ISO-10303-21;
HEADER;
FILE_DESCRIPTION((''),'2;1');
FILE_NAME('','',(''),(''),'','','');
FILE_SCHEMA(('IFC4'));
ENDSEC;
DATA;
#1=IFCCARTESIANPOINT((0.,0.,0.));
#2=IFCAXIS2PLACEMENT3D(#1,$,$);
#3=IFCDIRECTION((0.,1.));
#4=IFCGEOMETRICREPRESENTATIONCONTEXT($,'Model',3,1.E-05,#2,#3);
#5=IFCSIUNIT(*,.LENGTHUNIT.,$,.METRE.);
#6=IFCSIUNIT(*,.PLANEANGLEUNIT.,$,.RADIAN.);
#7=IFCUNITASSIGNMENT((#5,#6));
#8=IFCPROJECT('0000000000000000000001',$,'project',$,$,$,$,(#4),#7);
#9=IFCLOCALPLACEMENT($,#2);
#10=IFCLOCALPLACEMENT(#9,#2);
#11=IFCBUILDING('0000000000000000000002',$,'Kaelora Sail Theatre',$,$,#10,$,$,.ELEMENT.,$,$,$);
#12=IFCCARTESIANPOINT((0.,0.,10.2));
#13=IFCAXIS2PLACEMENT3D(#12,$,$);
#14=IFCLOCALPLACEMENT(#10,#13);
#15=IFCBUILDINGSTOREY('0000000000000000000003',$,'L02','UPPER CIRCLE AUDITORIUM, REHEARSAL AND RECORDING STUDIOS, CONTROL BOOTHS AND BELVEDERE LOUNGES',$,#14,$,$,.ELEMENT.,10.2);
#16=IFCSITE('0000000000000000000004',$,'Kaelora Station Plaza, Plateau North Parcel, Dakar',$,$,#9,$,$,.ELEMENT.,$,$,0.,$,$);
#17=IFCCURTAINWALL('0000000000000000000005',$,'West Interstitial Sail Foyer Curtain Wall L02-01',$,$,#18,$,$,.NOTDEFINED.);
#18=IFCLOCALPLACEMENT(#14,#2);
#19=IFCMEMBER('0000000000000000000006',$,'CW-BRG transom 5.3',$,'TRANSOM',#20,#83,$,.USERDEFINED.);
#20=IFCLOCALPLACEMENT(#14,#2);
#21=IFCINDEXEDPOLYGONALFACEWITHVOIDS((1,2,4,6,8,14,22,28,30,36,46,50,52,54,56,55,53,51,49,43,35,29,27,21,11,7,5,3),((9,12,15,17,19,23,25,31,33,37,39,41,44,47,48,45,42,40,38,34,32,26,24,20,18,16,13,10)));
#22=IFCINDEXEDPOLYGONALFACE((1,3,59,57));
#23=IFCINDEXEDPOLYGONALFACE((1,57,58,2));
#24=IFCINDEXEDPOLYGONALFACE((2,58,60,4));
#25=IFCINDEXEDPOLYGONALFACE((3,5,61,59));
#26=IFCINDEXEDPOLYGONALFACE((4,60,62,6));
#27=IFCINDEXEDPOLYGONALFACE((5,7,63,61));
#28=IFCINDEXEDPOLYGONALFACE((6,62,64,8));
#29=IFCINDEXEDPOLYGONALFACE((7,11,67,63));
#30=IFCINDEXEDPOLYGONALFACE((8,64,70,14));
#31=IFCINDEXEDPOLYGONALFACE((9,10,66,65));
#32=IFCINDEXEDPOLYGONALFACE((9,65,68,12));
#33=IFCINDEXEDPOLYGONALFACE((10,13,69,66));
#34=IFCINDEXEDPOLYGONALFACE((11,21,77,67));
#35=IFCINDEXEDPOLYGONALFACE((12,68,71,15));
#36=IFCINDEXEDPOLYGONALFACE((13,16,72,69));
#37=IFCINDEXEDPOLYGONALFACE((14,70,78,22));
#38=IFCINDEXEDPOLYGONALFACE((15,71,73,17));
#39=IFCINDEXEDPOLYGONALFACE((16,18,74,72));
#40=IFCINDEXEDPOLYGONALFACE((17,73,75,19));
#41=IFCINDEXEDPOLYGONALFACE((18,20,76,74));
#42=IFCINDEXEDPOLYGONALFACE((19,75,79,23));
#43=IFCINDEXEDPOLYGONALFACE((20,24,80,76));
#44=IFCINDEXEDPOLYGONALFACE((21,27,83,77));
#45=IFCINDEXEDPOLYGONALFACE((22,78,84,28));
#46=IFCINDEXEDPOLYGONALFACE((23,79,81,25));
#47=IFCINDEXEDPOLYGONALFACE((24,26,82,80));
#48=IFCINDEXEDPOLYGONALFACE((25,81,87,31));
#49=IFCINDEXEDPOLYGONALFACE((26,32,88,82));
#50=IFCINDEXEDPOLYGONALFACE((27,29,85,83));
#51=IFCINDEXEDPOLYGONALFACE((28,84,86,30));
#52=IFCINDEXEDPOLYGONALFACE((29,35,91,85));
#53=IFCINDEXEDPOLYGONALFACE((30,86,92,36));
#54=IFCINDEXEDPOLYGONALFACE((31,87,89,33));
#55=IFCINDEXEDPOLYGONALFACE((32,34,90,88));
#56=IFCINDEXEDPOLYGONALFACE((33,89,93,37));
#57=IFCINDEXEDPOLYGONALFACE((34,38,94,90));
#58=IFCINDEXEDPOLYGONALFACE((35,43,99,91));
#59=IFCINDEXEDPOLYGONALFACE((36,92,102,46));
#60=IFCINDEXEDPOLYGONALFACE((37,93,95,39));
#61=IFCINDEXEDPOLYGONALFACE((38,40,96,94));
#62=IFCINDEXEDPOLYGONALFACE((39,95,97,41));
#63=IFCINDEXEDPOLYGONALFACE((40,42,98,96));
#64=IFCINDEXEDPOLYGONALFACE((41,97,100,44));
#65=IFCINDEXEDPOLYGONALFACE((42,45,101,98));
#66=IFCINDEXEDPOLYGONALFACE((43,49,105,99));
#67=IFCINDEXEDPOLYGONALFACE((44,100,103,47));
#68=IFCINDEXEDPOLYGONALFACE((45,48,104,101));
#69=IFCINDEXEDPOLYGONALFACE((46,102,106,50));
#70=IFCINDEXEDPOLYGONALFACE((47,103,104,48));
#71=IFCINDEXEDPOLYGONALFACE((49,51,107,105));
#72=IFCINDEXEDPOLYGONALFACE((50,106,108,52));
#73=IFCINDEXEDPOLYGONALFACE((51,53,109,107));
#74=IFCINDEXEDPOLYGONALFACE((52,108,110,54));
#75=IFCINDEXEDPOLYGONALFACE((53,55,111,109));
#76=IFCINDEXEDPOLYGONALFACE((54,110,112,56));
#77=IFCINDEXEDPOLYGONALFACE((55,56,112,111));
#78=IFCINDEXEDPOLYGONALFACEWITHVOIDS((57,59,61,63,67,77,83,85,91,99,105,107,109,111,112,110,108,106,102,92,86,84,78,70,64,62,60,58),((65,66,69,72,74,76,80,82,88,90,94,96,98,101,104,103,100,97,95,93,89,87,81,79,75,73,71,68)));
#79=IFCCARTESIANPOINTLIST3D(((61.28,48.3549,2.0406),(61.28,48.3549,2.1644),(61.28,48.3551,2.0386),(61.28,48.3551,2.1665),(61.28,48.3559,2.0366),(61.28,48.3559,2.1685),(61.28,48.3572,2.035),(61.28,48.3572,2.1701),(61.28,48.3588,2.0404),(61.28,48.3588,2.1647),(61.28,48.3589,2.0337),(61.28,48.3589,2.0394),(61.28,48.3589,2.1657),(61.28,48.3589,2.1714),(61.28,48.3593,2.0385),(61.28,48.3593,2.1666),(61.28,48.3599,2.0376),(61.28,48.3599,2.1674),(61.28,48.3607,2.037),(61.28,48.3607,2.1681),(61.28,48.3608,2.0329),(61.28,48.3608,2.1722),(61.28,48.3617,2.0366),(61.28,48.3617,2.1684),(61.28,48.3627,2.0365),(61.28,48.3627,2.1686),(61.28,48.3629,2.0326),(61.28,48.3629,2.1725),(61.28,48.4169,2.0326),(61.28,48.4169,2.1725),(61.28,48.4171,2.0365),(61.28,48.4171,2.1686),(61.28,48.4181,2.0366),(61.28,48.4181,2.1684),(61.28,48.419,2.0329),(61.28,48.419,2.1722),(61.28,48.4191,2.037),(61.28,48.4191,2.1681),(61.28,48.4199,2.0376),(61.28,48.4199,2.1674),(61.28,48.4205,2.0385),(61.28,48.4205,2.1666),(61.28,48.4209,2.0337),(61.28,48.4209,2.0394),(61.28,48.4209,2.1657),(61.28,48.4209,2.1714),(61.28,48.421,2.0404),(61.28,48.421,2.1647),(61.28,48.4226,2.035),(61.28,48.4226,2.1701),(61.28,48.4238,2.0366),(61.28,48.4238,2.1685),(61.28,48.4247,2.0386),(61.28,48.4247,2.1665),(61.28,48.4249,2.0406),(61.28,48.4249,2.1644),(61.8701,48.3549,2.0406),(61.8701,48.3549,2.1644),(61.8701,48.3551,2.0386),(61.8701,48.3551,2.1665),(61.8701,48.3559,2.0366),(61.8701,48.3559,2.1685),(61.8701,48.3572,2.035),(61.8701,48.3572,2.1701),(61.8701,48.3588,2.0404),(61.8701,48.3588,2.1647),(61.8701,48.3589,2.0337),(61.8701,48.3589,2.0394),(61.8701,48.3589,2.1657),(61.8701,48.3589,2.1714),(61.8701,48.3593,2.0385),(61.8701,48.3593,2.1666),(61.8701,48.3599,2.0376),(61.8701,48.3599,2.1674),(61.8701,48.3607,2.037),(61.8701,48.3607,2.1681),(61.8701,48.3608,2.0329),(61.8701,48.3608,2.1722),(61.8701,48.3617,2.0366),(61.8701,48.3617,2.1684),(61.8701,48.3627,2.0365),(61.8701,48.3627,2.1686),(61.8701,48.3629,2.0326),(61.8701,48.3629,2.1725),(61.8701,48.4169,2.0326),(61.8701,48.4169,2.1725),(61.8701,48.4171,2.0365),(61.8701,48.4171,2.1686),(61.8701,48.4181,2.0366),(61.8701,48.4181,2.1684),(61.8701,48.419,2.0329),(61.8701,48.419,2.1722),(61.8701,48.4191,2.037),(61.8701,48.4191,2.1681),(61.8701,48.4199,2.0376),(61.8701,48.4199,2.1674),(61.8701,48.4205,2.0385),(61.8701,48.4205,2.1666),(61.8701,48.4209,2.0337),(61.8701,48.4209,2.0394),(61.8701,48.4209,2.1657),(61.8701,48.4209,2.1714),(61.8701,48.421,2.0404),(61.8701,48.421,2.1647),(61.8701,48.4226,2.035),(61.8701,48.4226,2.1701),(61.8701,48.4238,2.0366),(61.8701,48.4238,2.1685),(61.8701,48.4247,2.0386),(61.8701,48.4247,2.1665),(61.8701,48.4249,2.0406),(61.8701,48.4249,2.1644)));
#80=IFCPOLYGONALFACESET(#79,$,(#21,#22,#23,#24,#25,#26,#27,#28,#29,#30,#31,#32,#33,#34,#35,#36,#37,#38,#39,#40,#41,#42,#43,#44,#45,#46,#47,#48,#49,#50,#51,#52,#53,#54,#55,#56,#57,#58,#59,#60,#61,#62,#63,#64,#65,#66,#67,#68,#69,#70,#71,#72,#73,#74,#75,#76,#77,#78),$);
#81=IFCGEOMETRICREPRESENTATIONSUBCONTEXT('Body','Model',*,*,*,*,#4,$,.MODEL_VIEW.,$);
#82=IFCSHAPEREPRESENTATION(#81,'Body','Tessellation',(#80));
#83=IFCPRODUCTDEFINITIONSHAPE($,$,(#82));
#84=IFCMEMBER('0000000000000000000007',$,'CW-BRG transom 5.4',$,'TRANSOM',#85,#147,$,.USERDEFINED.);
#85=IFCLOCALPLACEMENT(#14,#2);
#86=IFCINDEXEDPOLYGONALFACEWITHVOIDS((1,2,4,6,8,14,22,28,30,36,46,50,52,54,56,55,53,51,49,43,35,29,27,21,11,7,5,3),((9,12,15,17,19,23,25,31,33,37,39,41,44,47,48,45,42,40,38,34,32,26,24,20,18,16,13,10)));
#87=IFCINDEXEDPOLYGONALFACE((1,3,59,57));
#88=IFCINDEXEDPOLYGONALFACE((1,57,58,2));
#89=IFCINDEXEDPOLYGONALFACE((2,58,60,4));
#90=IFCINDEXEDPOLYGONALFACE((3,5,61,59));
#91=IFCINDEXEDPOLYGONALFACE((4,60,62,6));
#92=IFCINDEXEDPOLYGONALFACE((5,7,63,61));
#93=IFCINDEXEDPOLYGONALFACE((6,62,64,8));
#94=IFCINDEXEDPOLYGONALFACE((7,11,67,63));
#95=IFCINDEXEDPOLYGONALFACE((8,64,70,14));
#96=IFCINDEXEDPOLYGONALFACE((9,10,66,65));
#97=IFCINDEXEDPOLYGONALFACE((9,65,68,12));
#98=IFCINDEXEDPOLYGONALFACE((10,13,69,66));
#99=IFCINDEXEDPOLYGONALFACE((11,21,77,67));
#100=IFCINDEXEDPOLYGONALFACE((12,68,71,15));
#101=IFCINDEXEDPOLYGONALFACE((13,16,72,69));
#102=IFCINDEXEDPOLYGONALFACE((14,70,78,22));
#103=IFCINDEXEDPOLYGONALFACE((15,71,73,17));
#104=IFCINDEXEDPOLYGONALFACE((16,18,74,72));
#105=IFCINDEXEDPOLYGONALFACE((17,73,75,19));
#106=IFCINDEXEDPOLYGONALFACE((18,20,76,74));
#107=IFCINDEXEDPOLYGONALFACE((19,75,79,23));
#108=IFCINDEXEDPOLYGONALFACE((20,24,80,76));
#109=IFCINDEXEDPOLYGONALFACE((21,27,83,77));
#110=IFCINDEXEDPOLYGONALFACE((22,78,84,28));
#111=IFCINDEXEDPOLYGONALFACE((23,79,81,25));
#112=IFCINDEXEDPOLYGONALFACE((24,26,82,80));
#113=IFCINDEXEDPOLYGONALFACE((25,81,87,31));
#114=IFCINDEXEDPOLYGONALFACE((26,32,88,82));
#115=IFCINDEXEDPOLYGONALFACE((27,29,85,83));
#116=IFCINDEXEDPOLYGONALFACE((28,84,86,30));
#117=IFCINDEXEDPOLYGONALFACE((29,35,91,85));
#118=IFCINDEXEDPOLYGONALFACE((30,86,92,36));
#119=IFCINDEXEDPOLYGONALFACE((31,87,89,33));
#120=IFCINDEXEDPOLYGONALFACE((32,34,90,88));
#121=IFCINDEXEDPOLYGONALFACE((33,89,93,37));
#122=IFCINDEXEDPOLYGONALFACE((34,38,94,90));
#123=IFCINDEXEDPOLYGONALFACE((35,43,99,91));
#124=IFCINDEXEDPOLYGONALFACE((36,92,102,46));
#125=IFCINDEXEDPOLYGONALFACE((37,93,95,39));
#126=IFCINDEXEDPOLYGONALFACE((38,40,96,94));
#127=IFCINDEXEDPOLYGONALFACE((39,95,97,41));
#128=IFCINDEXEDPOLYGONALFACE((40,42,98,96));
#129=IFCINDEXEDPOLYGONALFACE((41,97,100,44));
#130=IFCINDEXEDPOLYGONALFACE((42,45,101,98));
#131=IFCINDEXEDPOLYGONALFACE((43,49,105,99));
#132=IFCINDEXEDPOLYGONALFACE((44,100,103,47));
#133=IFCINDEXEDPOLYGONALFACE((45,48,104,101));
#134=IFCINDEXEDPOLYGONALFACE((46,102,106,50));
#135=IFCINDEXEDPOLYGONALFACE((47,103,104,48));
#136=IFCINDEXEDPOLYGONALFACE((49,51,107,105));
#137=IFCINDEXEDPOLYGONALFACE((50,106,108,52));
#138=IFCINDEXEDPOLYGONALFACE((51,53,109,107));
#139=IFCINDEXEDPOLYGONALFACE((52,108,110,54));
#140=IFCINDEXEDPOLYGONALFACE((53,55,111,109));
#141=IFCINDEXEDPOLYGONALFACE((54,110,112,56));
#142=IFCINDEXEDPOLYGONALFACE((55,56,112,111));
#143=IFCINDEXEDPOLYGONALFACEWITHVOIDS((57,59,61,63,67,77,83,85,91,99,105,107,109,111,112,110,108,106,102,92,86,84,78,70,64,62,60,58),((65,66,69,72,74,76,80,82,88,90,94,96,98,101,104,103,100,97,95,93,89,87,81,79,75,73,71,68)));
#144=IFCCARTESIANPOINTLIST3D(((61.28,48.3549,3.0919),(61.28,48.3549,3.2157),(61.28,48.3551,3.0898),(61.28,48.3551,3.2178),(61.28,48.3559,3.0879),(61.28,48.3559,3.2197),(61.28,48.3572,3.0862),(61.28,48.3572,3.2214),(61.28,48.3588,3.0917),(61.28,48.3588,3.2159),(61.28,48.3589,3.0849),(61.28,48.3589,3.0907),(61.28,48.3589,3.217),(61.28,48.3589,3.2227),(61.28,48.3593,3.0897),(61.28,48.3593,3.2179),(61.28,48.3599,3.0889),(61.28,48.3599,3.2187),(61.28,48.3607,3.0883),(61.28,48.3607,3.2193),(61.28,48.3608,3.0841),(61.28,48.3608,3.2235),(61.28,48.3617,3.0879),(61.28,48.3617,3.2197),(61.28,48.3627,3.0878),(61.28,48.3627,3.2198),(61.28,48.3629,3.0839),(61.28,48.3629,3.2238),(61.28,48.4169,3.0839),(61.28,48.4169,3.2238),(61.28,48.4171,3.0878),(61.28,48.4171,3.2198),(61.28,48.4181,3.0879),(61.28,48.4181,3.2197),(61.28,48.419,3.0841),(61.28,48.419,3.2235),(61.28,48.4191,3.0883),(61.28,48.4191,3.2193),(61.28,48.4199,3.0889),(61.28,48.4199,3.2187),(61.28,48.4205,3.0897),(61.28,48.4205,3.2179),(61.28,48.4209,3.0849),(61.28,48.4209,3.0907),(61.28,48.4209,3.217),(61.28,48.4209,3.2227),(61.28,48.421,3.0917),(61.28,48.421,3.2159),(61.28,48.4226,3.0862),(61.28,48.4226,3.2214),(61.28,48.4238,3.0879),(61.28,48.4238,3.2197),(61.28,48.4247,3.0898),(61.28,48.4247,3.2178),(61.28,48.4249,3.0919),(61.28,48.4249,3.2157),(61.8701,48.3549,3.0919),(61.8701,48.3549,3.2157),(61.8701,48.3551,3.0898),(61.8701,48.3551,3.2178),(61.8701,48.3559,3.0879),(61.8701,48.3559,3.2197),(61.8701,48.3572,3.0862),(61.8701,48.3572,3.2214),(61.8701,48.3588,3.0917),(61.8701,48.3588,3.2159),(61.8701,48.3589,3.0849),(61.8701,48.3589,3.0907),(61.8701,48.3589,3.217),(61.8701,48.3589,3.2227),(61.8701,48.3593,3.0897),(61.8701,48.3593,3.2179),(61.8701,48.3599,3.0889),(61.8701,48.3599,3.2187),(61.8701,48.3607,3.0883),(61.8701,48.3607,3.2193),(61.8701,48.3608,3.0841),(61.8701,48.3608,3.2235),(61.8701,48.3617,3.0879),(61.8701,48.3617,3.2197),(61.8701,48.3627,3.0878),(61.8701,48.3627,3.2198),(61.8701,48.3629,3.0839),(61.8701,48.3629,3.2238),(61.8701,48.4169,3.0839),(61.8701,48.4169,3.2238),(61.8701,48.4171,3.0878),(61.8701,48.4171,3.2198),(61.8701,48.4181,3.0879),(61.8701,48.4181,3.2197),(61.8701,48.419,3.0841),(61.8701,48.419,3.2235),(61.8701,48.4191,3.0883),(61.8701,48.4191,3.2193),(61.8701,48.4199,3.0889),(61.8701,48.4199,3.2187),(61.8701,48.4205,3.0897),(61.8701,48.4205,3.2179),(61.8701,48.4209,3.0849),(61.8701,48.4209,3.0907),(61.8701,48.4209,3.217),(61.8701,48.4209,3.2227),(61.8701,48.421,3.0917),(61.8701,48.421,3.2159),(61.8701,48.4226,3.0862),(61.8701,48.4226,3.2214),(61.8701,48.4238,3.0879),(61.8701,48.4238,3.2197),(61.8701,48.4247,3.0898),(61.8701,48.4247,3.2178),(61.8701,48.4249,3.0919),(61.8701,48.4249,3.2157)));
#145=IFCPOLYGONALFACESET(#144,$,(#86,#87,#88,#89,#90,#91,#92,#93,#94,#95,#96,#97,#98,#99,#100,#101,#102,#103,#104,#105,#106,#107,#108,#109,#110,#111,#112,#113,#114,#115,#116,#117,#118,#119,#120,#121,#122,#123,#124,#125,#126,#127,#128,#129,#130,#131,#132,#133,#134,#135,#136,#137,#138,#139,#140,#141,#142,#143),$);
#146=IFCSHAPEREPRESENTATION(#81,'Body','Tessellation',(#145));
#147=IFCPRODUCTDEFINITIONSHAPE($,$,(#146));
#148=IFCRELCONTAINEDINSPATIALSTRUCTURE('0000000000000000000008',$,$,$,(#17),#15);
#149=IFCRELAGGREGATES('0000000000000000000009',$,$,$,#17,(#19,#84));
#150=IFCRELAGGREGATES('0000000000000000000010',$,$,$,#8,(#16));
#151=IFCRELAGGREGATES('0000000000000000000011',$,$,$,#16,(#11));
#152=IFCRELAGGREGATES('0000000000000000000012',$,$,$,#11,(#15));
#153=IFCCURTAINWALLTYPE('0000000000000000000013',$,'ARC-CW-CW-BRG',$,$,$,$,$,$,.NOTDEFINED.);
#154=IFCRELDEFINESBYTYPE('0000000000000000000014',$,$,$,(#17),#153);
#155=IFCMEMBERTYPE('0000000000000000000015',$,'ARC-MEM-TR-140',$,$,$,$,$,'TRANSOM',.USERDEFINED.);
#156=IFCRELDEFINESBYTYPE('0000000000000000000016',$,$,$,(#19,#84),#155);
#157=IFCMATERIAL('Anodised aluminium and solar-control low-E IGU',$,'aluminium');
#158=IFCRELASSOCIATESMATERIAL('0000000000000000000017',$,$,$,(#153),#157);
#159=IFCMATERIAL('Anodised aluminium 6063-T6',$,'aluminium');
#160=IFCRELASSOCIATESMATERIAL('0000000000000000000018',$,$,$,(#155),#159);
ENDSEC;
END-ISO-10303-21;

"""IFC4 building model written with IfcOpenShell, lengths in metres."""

from ifc_helpers import new_model, si_unit, direction, frame, origin, origin_2d, place, context, subcontext, project, spatial, hollow_rectangle, extrude, material, material_profile, profile_set, type_object, element, aggregate, save


model = new_model("IFC4")

# Units and contexts
model_context = context("Model", 3, precision=1e-05, world=origin(), true_north=direction((0.0, 1.0)))
body_context = subcontext(model_context, "Body", "Model", "MODEL_VIEW")
ifc_project = project(units=[si_unit("LENGTHUNIT", "METRE"), si_unit("PLANEANGLEUNIT", "RADIAN")], contexts=[model_context])

# Site, building, storey
site_placement = place(None, origin())
site = spatial("IfcSite", under=ifc_project, at=site_placement, Name="Kaelora Station Plaza, Plateau North Parcel, Dakar", CompositionType="ELEMENT", RefElevation=0.0)
building_placement = place(site_placement, origin())
building = spatial("IfcBuilding", under=site, at=building_placement, Name="Kaelora Sail Theatre", CompositionType="ELEMENT")
storey_placement = place(building_placement, frame((0.0, 0.0, 10.2)))
storey = spatial("IfcBuildingStorey", under=building, at=storey_placement, Name="L02", Description="UPPER CIRCLE AUDITORIUM, REHEARSAL AND RECORDING STUDIOS, CONTROL BOOTHS AND BELVEDERE LOUNGES", CompositionType="ELEMENT", Elevation=10.2)

# Curtain wall, members
ifc_material_1 = material(Name="Anodised aluminium and solar-control low-E IGU", Category="aluminium")
curtain_wall_type = type_object("IfcCurtainWallType", Name="ARC-CW-CW-BRG", PredefinedType="NOTDEFINED", material=ifc_material_1)
curtain_wall_placement = place(storey_placement, origin())
curtain_wall = element("IfcCurtainWall", 1, at=curtain_wall_placement, inside=storey, type_object=curtain_wall_type, Name="West Interstitial Sail Foyer Curtain Wall L02-01", PredefinedType="NOTDEFINED")
ifc_material_2 = material(Name="Anodised aluminium 6063-T6", Category="aluminium")
ifc_material_profile_1 = material_profile(ifc_material_2, hollow_rectangle(XDim=0.0701, YDim=0.1399, WallThickness=0.0039, InnerFilletRadius=0.0039, OuterFilletRadius=0.0081, at=origin_2d()), Name="ALU-TRAN 70x140x4")
ifc_profile_set_1 = profile_set([ifc_material_profile_1], Name="Anodised aluminium 6063-T6")
member_type_1 = type_object("IfcMemberType", Name="ARC-MEM-TR-140", ElementType="TRANSOM", PredefinedType="USERDEFINED", material=ifc_profile_set_1)
member_1_placement = place(storey_placement, frame((61.28, 48.3899, 2.1025), z_axis=(1.0, 0.0, 0.0), x_axis=(0.0, 1.0, 0.0)))
member_1 = element("IfcMember", 2, at=member_1_placement, type_object=member_type_1, Name="CW-BRG transom 5.3", ObjectType="TRANSOM", PredefinedType="USERDEFINED", context=body_context, shape_type="SweptSolid", body=[
    extrude(hollow_rectangle(XDim=0.0701, YDim=0.1399, WallThickness=0.0039, InnerFilletRadius=0.0039, OuterFilletRadius=0.0081, at=origin_2d()), origin(), (0.0, 0.0, 1.0), 0.5901),
])
member_2_placement = place(storey_placement, frame((61.28, 48.3899, 3.1538), z_axis=(1.0, 0.0, 0.0), x_axis=(0.0, 1.0, 0.0)))
member_2 = element("IfcMember", 3, at=member_2_placement, type_object=member_type_1, Name="CW-BRG transom 5.4", ObjectType="TRANSOM", PredefinedType="USERDEFINED", context=body_context, shape_type="SweptSolid", body=[
    extrude(hollow_rectangle(XDim=0.0701, YDim=0.1399, WallThickness=0.0039, InnerFilletRadius=0.0039, OuterFilletRadius=0.0081, at=origin_2d()), origin(), (0.0, 0.0, 1.0), 0.5901),
])
aggregate(curtain_wall, [member_1, member_2])

save(model, "model.ifc")
